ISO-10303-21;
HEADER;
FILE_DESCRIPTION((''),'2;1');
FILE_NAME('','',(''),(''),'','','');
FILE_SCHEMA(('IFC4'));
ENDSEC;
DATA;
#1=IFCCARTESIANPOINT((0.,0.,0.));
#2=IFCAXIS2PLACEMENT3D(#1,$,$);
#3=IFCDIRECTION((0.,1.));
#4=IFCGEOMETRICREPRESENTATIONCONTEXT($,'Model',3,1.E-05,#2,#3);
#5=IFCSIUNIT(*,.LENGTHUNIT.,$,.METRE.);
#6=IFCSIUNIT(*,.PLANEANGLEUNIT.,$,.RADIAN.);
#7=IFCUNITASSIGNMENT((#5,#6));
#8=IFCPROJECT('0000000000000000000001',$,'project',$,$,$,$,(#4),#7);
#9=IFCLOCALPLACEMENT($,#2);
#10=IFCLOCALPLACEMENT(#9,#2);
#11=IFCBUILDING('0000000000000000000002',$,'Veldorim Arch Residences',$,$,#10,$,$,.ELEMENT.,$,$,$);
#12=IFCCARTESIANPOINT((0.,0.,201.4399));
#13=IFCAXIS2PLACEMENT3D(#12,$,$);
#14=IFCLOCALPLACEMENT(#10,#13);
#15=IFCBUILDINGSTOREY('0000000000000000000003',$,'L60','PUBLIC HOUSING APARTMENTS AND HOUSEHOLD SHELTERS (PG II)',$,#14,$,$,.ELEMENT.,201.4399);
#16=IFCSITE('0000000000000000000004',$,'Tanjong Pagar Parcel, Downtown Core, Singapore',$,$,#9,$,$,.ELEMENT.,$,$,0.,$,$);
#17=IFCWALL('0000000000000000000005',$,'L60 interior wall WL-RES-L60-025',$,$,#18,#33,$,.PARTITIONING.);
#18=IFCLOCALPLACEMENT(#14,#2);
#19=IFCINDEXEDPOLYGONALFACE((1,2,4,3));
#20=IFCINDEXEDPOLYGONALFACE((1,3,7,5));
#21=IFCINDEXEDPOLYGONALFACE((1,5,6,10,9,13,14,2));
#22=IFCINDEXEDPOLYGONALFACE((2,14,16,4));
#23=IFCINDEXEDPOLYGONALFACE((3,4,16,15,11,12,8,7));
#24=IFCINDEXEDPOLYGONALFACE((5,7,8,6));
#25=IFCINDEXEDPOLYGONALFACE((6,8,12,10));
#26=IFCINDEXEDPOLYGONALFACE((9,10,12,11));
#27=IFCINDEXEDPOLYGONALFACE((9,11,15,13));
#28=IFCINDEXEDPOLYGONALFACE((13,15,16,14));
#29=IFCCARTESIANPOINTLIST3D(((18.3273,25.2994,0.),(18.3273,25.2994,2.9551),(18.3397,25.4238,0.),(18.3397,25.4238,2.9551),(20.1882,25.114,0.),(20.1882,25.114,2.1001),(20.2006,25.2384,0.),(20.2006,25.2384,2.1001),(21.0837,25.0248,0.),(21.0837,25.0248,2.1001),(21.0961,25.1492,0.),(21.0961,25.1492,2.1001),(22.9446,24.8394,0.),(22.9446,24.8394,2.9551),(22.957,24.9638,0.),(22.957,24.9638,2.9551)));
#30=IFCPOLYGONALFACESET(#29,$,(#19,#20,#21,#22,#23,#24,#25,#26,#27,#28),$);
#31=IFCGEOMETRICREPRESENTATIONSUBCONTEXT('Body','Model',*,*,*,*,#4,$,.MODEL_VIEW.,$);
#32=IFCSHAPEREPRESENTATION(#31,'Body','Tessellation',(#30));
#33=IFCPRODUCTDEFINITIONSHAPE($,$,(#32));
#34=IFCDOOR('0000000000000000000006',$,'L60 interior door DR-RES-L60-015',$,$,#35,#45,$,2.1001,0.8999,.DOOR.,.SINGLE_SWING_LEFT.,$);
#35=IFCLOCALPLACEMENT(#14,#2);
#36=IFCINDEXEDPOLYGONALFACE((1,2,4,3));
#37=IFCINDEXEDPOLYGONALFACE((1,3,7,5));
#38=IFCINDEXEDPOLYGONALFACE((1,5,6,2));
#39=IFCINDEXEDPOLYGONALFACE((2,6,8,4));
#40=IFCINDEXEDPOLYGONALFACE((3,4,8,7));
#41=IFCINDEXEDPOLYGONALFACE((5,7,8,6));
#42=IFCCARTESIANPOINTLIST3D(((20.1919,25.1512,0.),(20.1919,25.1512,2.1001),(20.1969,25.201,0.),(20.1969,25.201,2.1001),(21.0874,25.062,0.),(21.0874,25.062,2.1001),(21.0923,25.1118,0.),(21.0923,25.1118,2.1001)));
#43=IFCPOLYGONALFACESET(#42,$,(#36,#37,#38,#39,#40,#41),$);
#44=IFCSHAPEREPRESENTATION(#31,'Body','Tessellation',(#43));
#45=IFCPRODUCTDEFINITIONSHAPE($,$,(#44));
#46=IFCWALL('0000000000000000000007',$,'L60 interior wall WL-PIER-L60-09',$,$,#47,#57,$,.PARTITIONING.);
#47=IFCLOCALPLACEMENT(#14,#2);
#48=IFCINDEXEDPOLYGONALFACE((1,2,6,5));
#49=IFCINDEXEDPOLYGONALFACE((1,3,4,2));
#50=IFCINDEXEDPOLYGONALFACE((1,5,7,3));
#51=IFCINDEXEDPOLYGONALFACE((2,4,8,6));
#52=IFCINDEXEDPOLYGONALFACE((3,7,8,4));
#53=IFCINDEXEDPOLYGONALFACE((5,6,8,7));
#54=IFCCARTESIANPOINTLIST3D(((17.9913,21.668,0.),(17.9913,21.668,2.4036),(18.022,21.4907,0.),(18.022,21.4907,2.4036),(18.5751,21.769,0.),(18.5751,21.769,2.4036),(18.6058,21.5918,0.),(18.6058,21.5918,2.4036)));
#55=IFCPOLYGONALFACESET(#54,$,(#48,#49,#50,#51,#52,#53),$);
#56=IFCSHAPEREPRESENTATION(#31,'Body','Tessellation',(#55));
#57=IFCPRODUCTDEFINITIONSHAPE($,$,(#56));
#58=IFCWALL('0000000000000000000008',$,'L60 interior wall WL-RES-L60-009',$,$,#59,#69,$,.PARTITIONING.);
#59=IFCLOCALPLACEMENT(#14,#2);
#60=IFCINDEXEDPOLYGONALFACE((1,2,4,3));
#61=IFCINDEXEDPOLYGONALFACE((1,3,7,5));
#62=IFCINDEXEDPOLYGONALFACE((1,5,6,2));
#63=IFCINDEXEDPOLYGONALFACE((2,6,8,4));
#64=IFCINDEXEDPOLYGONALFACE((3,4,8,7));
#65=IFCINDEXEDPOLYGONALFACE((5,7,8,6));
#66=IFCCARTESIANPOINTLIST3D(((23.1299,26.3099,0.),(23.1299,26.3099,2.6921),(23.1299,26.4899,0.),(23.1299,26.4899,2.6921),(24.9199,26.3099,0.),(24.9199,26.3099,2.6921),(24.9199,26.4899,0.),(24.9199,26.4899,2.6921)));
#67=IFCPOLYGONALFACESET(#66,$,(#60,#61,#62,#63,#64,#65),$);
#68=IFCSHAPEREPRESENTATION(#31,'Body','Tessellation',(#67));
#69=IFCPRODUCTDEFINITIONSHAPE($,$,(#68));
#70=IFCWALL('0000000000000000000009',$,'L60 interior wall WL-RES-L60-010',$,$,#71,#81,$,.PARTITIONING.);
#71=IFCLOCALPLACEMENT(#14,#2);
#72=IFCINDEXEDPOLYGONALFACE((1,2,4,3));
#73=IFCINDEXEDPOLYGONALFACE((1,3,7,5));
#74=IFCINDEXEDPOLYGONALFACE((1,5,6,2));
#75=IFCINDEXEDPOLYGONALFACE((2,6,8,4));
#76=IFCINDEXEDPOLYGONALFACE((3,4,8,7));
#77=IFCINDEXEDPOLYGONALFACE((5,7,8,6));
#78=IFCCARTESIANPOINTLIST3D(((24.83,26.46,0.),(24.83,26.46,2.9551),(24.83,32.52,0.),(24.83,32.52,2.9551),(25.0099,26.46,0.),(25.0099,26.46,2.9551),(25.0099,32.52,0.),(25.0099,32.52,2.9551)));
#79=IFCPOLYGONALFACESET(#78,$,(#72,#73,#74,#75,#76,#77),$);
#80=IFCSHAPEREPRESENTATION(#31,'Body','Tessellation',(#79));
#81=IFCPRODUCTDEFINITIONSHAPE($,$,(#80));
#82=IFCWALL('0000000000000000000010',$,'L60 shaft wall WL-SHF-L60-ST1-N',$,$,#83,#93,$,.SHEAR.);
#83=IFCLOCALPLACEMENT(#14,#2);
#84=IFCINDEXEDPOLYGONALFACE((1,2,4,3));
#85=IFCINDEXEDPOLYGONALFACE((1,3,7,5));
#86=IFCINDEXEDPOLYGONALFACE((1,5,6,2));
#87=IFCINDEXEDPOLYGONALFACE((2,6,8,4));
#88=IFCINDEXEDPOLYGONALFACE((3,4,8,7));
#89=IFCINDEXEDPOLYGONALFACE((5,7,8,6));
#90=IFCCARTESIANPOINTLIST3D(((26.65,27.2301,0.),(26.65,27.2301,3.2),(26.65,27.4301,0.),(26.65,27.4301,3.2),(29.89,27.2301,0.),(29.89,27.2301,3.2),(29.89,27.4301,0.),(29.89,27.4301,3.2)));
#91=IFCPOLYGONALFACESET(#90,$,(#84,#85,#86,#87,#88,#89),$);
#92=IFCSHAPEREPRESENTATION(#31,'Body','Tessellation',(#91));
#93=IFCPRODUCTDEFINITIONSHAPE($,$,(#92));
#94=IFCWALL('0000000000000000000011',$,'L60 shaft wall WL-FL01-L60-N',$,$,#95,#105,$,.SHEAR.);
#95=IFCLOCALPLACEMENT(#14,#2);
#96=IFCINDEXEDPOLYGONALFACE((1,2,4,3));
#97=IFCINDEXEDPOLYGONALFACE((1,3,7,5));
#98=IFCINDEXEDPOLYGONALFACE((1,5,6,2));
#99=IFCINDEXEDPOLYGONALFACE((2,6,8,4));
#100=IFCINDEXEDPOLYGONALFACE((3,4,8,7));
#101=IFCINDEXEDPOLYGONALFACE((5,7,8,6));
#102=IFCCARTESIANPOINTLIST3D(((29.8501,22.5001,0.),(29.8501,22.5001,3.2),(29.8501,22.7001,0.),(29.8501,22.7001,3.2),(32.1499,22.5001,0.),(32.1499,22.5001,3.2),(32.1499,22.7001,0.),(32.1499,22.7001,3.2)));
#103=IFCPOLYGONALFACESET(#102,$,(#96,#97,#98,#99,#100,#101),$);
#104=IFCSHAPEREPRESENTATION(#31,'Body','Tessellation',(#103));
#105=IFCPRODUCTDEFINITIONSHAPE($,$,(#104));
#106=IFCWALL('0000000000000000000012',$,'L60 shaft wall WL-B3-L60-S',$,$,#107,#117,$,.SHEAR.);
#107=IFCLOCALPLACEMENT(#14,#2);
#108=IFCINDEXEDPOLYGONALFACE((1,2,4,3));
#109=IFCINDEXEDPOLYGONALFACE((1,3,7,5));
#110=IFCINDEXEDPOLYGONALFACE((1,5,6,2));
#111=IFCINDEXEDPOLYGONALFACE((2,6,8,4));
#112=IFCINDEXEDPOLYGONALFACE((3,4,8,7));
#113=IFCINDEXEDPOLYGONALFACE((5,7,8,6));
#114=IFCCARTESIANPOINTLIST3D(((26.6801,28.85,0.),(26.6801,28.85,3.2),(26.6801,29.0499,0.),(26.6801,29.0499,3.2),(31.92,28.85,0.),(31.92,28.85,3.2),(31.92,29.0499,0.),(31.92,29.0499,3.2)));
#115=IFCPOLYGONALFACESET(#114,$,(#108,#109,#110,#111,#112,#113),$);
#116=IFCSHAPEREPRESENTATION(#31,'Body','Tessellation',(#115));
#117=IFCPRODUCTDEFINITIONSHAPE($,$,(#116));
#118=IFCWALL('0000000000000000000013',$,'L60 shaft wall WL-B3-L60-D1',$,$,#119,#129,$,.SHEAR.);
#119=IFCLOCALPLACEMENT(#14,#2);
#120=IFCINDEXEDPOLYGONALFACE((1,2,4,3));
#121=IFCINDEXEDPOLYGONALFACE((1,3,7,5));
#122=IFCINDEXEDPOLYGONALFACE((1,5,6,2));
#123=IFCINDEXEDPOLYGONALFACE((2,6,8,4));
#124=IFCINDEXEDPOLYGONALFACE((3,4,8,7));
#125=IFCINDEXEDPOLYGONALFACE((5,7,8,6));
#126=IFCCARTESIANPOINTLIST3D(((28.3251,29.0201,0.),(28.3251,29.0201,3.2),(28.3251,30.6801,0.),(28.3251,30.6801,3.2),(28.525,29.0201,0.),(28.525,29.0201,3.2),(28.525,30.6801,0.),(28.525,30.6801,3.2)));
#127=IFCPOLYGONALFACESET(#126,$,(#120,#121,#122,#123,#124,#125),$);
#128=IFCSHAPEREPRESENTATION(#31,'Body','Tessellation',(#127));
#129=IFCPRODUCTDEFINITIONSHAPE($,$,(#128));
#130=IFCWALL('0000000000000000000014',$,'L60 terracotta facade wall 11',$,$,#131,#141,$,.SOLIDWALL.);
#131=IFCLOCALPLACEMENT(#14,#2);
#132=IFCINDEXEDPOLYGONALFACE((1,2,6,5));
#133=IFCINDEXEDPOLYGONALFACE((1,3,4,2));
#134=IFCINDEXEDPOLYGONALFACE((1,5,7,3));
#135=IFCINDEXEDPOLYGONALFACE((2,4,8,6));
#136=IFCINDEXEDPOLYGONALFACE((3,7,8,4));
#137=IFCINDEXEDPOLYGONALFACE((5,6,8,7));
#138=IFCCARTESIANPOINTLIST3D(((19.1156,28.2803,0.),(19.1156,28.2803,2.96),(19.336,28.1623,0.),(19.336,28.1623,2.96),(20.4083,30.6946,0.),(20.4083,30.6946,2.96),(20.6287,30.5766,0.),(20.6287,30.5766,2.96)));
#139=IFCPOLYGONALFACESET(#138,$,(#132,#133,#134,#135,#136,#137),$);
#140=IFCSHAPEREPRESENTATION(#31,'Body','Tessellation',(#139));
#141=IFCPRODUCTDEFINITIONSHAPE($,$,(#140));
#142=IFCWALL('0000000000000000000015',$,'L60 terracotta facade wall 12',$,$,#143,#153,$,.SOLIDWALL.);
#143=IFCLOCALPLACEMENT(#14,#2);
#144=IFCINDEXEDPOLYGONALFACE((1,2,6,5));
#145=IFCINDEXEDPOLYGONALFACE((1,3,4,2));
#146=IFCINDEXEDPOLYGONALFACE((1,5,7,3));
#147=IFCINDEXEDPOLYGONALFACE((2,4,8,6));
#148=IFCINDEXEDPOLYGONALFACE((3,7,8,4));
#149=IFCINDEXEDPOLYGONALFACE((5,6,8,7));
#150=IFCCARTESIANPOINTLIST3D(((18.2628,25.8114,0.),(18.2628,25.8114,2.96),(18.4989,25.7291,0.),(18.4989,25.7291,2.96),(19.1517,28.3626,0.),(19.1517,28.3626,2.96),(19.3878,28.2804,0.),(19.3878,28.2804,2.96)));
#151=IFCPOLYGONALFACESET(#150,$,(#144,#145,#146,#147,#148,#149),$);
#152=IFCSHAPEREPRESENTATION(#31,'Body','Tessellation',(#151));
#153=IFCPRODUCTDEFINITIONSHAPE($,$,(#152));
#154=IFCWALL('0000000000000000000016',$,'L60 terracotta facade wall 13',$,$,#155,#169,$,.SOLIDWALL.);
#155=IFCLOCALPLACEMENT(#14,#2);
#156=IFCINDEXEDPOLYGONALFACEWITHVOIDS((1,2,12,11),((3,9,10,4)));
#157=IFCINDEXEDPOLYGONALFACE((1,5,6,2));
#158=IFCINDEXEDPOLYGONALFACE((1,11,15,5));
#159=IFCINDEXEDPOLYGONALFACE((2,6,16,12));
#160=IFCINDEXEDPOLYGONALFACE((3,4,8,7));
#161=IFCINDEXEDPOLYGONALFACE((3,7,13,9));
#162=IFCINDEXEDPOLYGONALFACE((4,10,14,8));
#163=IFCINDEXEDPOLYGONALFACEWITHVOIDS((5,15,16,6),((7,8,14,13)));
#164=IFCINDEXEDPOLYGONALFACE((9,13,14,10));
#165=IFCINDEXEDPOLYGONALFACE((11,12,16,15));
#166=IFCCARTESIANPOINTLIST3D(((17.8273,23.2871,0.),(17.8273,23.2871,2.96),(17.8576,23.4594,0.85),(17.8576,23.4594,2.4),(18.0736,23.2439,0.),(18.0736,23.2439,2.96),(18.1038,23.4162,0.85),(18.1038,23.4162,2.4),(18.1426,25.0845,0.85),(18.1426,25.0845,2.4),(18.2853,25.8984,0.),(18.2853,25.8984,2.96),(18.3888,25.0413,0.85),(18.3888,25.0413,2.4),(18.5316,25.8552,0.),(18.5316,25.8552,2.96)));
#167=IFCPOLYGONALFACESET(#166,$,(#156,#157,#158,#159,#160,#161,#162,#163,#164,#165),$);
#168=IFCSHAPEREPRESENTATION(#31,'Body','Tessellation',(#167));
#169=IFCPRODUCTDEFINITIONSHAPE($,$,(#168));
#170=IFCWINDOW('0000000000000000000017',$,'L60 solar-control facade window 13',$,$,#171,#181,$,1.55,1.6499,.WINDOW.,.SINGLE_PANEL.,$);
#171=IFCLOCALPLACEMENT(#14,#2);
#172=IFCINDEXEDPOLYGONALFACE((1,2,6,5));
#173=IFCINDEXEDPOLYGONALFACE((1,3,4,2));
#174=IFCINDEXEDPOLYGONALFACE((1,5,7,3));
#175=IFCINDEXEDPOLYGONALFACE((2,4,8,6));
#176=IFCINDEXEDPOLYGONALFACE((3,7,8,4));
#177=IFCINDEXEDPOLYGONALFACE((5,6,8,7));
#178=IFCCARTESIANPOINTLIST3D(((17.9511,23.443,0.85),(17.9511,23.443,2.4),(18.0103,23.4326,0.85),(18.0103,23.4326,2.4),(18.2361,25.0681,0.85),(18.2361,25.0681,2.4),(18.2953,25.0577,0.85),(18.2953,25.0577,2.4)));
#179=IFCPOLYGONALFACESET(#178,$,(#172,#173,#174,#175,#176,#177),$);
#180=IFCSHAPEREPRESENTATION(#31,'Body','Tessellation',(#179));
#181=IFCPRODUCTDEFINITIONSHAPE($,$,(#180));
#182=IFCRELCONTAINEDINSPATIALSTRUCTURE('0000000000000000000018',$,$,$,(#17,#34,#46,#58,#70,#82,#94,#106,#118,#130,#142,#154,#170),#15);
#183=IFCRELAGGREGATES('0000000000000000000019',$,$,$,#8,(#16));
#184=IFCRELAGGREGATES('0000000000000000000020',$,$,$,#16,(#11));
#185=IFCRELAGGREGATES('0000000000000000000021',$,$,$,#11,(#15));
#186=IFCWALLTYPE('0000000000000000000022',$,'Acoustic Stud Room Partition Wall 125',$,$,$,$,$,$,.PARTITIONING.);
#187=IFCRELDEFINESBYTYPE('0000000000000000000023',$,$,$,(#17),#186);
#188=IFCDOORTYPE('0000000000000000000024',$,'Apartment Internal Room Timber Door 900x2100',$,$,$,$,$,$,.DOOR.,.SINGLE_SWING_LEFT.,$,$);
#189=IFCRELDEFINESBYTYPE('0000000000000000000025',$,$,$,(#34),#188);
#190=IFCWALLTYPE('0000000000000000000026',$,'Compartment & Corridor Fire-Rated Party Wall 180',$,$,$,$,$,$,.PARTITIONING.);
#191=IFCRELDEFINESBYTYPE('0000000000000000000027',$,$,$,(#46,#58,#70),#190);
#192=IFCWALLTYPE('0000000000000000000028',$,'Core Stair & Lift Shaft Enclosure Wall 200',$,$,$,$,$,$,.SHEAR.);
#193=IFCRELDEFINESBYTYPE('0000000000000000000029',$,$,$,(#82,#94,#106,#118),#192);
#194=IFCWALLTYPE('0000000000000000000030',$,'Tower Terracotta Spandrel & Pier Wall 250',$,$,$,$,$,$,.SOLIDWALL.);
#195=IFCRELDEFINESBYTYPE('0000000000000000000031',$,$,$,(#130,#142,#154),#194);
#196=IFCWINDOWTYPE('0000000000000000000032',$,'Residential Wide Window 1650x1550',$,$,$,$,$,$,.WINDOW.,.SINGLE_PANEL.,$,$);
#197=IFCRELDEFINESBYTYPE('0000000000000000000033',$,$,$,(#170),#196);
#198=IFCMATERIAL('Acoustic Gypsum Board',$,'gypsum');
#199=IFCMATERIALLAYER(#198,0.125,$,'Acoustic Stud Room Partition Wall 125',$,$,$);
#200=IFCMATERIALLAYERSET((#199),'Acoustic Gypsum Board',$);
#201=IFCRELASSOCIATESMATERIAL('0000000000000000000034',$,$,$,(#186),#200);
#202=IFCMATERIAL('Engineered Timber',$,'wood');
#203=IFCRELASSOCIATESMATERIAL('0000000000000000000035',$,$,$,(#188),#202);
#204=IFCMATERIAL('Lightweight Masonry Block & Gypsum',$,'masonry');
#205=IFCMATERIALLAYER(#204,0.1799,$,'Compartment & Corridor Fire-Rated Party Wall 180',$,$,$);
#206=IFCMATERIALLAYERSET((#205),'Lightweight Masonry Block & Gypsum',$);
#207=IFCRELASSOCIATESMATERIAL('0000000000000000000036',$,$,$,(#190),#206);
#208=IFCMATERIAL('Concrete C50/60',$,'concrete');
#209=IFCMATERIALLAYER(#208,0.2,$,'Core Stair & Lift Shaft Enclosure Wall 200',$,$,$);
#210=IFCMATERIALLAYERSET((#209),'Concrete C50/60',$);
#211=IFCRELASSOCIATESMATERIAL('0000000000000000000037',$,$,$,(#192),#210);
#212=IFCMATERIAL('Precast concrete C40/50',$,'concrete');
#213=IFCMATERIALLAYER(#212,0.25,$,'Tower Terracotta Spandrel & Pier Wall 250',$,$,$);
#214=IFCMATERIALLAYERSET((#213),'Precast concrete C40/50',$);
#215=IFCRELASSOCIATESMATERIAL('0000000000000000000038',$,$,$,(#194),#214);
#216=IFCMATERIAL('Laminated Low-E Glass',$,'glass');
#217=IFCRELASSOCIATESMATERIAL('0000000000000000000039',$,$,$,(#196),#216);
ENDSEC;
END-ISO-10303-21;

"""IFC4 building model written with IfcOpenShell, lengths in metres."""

from ifc_helpers import new_model, si_unit, direction, frame, frame_2d, origin, place, context, subcontext, project, spatial, rectangle, extrude, material, layer, layer_set, type_object, element, fill, save


model = new_model("IFC4")

# Units and contexts
model_context = context("Model", 3, precision=1e-05, world=origin(), true_north=direction((0.0, 1.0)))
body_context = subcontext(model_context, "Body", "Model", "MODEL_VIEW")
ifc_project = project(units=[si_unit("LENGTHUNIT", "METRE"), si_unit("PLANEANGLEUNIT", "RADIAN")], contexts=[model_context])

# Site, building, storey
site_placement = place(None, origin())
site = spatial("IfcSite", under=ifc_project, at=site_placement, Name="Tanjong Pagar Parcel, Downtown Core, Singapore", CompositionType="ELEMENT", RefElevation=0.0)
building_placement = place(site_placement, origin())
building = spatial("IfcBuilding", under=site, at=building_placement, Name="Veldorim Arch Residences", CompositionType="ELEMENT")
storey_placement = place(building_placement, frame((0.0, 0.0, 201.4399)))
storey = spatial("IfcBuildingStorey", under=building, at=storey_placement, Name="L60", Description="PUBLIC HOUSING APARTMENTS AND HOUSEHOLD SHELTERS (PG II)", CompositionType="ELEMENT", Elevation=201.4399)

# Shared definitions
ifc_material_1 = material(Name="Acoustic Gypsum Board", Category="gypsum")
ifc_layer_1 = layer(ifc_material_1, 0.125, Name="Acoustic Stud Room Partition Wall 125")
ifc_layer_set_1 = layer_set([ifc_layer_1], Name="Acoustic Gypsum Board")
wall_type_1 = type_object("IfcWallType", Name="Acoustic Stud Room Partition Wall 125", PredefinedType="PARTITIONING", material=ifc_layer_set_1)

# Wall, opening, door
wall_1_placement = place(storey_placement, frame((18.3335, 25.3616, 0.0), z_axis=(0.0, 0.0, 1.0), x_axis=(0.995075, -0.099129, 0.0)))
wall_1 = element("IfcWall", 1, at=wall_1_placement, inside=storey, type_object=wall_type_1, Name="L60 interior wall WL-RES-L60-025", PredefinedType="PARTITIONING", context=body_context, shape_type="SweptSolid", body=[
    extrude(rectangle(XDim=4.6401, YDim=0.125, at=frame_2d((2.3201, 0.0))), origin(), (0.0, 0.0, 1.0), 2.9551),
])
opening_1_placement = place(wall_1_placement, frame((1.8701, 0.0, 0.0)))
opening_1 = element("IfcOpeningElement", 2, at=opening_1_placement, cuts=wall_1, PredefinedType="OPENING", context=body_context, shape_type="SweptSolid", body=[
    extrude(rectangle(XDim=0.8999, YDim=2.1001, at=frame_2d((0.45, 1.05))), frame((0.0, 0.0725, 0.0), z_axis=(0.0, -1.0, 0.0), x_axis=(1.0, 0.0, 0.0)), (0.0, 0.0, 1.0), 0.145),
])
ifc_material_2 = material(Name="Engineered Timber", Category="wood")
door_type = type_object("IfcDoorType", Name="Apartment Internal Room Timber Door 900x2100", OperationType="SINGLE_SWING_LEFT", PredefinedType="DOOR", material=ifc_material_2)
door_placement = place(opening_1_placement, origin())
door = element("IfcDoor", 3, at=door_placement, inside=storey, type_object=door_type, Name="L60 interior door DR-RES-L60-015", OperationType="SINGLE_SWING_LEFT", OverallHeight=2.1001, OverallWidth=0.8999, PredefinedType="DOOR", context=body_context, shape_type="SweptSolid", body=[
    extrude(rectangle(XDim=0.8999, YDim=2.1001, at=frame_2d((0.45, 1.05))), frame((0.0, 0.0249, 0.0), z_axis=(0.0, -1.0, 0.0), x_axis=(1.0, 0.0, 0.0)), (0.0, 0.0, 1.0), 0.05),
])
fill(opening_1, door)

# Walls
ifc_material_3 = material(Name="Lightweight Masonry Block & Gypsum", Category="masonry")
ifc_layer_2 = layer(ifc_material_3, 0.1799, Name="Compartment & Corridor Fire-Rated Party Wall 180")
ifc_layer_set_2 = layer_set([ifc_layer_2], Name="Lightweight Masonry Block & Gypsum")
wall_type_2 = type_object("IfcWallType", Name="Compartment & Corridor Fire-Rated Party Wall 180", PredefinedType="PARTITIONING", material=ifc_layer_set_2)
wall_2_placement = place(storey_placement, frame((18.5906, 21.6804, 0.0), z_axis=(0.0, 0.0, 1.0), x_axis=(-0.985339, -0.170611, 0.0)))
element("IfcWall", 4, at=wall_2_placement, inside=storey, type_object=wall_type_2, Name="L60 interior wall WL-PIER-L60-09", PredefinedType="PARTITIONING", context=body_context, shape_type="SweptSolid", body=[
    extrude(rectangle(XDim=0.5925, YDim=0.1799, at=frame_2d((0.2964, 0.0))), origin(), (0.0, 0.0, 1.0), 2.4036),
])
wall_3_placement = place(storey_placement, frame((23.1299, 26.3999, 0.0), z_axis=(0.0, 0.0, 1.0), x_axis=(1.0, 0.0, 0.0)))
element("IfcWall", 5, at=wall_3_placement, inside=storey, type_object=wall_type_2, Name="L60 interior wall WL-RES-L60-009", PredefinedType="PARTITIONING", context=body_context, shape_type="SweptSolid", body=[
    extrude(rectangle(XDim=1.79, YDim=0.1799, at=frame_2d((0.895, 0.0))), origin(), (0.0, 0.0, 1.0), 2.6921),
])
wall_4_placement = place(storey_placement, frame((24.9199, 26.46, 0.0), z_axis=(0.0, 0.0, 1.0), x_axis=(0.0, 1.0, 0.0)))
element("IfcWall", 6, at=wall_4_placement, inside=storey, type_object=wall_type_2, Name="L60 interior wall WL-RES-L60-010", PredefinedType="PARTITIONING", context=body_context, shape_type="SweptSolid", body=[
    extrude(rectangle(XDim=6.0601, YDim=0.1799, at=frame_2d((3.03, 0.0))), origin(), (0.0, 0.0, 1.0), 2.9551),
])
ifc_material_4 = material(Name="Concrete C50/60", Category="concrete")
ifc_layer_3 = layer(ifc_material_4, 0.2, Name="Core Stair & Lift Shaft Enclosure Wall 200")
ifc_layer_set_3 = layer_set([ifc_layer_3], Name="Concrete C50/60")
wall_type_3 = type_object("IfcWallType", Name="Core Stair & Lift Shaft Enclosure Wall 200", PredefinedType="SHEAR", material=ifc_layer_set_3)
wall_5_placement = place(storey_placement, frame((26.6499, 27.3301, 0.0), z_axis=(0.0, 0.0, 1.0), x_axis=(1.0, 0.0, 0.0)))
element("IfcWall", 7, at=wall_5_placement, inside=storey, type_object=wall_type_3, Name="L60 shaft wall WL-SHF-L60-ST1-N", PredefinedType="SHEAR", context=body_context, shape_type="SweptSolid", body=[
    extrude(rectangle(XDim=3.24, YDim=0.2, at=frame_2d((1.6201, 0.0))), origin(), (0.0, 0.0, 1.0), 3.2),
])
wall_6_placement = place(storey_placement, frame((29.8501, 22.6001, 0.0), z_axis=(0.0, 0.0, 1.0), x_axis=(1.0, 0.0, 0.0)))
element("IfcWall", 8, at=wall_6_placement, inside=storey, type_object=wall_type_3, Name="L60 shaft wall WL-FL01-L60-N", PredefinedType="SHEAR", context=body_context, shape_type="SweptSolid", body=[
    extrude(rectangle(XDim=2.2998, YDim=0.2, at=frame_2d((1.1499, 0.0))), origin(), (0.0, 0.0, 1.0), 3.2),
])
wall_7_placement = place(storey_placement, frame((26.6799, 28.95, 0.0), z_axis=(0.0, 0.0, 1.0), x_axis=(1.0, 0.0, 0.0)))
element("IfcWall", 9, at=wall_7_placement, inside=storey, type_object=wall_type_3, Name="L60 shaft wall WL-B3-L60-S", PredefinedType="SHEAR", context=body_context, shape_type="SweptSolid", body=[
    extrude(rectangle(XDim=5.24, YDim=0.2, at=frame_2d((2.6201, 0.0))), origin(), (0.0, 0.0, 1.0), 3.2),
])
wall_8_placement = place(storey_placement, frame((28.425, 29.02, 0.0), z_axis=(0.0, 0.0, 1.0), x_axis=(0.0, 1.0, 0.0)))
element("IfcWall", 10, at=wall_8_placement, inside=storey, type_object=wall_type_3, Name="L60 shaft wall WL-B3-L60-D1", PredefinedType="SHEAR", context=body_context, shape_type="SweptSolid", body=[
    extrude(rectangle(XDim=1.6599, YDim=0.2, at=frame_2d((0.8301, 0.0))), origin(), (0.0, 0.0, 1.0), 3.2),
])
ifc_material_5 = material(Name="Precast concrete C40/50", Category="concrete")
ifc_layer_4 = layer(ifc_material_5, 0.25, Name="Tower Terracotta Spandrel & Pier Wall 250")
ifc_layer_set_4 = layer_set([ifc_layer_4], Name="Precast concrete C40/50")
wall_type_4 = type_object("IfcWallType", Name="Tower Terracotta Spandrel & Pier Wall 250", PredefinedType="SOLIDWALL", material=ifc_layer_set_4)
wall_9_placement = place(storey_placement, frame((19.2258, 28.2214, 0.0), z_axis=(0.0, 0.0, 1.0), x_axis=(0.472036, 0.881579, 0.0)))
element("IfcWall", 11, at=wall_9_placement, inside=storey, type_object=wall_type_4, Name="L60 terracotta facade wall 11", PredefinedType="SOLIDWALL", context=body_context, shape_type="SweptSolid", body=[
    extrude(rectangle(XDim=2.7385, YDim=0.25, at=frame_2d((1.3691, 0.0))), origin(), (0.0, 0.0, 1.0), 2.96),
])
wall_10_placement = place(storey_placement, frame((18.3809, 25.7703, 0.0), z_axis=(0.0, 0.0, 1.0), x_axis=(0.329022, 0.944322, 0.0)))
element("IfcWall", 12, at=wall_10_placement, inside=storey, type_object=wall_type_4, Name="L60 terracotta facade wall 12", PredefinedType="SOLIDWALL", context=body_context, shape_type="SweptSolid", body=[
    extrude(rectangle(XDim=2.7017, YDim=0.25, at=frame_2d((1.3508, 0.0))), origin(), (0.0, 0.0, 1.0), 2.96),
])

# Wall, opening, window
wall_11_placement = place(storey_placement, frame((17.9504, 23.2654, 0.0), z_axis=(0.0, 0.0, 1.0), x_axis=(0.172756, 0.984965, 0.0)))
wall_11 = element("IfcWall", 13, at=wall_11_placement, inside=storey, type_object=wall_type_4, Name="L60 terracotta facade wall 13", PredefinedType="SOLIDWALL", context=body_context, shape_type="SweptSolid", body=[
    extrude(rectangle(XDim=2.6511, YDim=0.25, at=frame_2d((1.3257, 0.0))), origin(), (0.0, 0.0, 1.0), 2.96),
])
opening_2_placement = place(wall_11_placement, frame((0.175, 0.0, 0.8501)))
opening_2 = element("IfcOpeningElement", 14, at=opening_2_placement, cuts=wall_11, PredefinedType="OPENING", context=body_context, shape_type="SweptSolid", body=[
    extrude(rectangle(XDim=1.6499, YDim=1.55, at=frame_2d((0.825, 0.7749))), frame((0.0, 0.135, 0.0), z_axis=(0.0, -1.0, 0.0), x_axis=(1.0, 0.0, 0.0)), (0.0, 0.0, 1.0), 0.27),
])
ifc_material_6 = material(Name="Laminated Low-E Glass", Category="glass")
window_type = type_object("IfcWindowType", Name="Residential Wide Window 1650x1550", PartitioningType="SINGLE_PANEL", PredefinedType="WINDOW", material=ifc_material_6)
window_placement = place(opening_2_placement, origin())
window = element("IfcWindow", 15, at=window_placement, inside=storey, type_object=window_type, Name="L60 solar-control facade window 13", OverallHeight=1.55, OverallWidth=1.6499, PartitioningType="SINGLE_PANEL", PredefinedType="WINDOW", context=body_context, shape_type="SweptSolid", body=[
    extrude(rectangle(XDim=1.6499, YDim=1.55, at=frame_2d((0.825, 0.7749))), frame((0.0, 0.03, 0.0), z_axis=(0.0, -1.0, 0.0), x_axis=(1.0, 0.0, 0.0)), (0.0, 0.0, 1.0), 0.0601),
])
fill(opening_2, window)

save(model, "model.ifc")
